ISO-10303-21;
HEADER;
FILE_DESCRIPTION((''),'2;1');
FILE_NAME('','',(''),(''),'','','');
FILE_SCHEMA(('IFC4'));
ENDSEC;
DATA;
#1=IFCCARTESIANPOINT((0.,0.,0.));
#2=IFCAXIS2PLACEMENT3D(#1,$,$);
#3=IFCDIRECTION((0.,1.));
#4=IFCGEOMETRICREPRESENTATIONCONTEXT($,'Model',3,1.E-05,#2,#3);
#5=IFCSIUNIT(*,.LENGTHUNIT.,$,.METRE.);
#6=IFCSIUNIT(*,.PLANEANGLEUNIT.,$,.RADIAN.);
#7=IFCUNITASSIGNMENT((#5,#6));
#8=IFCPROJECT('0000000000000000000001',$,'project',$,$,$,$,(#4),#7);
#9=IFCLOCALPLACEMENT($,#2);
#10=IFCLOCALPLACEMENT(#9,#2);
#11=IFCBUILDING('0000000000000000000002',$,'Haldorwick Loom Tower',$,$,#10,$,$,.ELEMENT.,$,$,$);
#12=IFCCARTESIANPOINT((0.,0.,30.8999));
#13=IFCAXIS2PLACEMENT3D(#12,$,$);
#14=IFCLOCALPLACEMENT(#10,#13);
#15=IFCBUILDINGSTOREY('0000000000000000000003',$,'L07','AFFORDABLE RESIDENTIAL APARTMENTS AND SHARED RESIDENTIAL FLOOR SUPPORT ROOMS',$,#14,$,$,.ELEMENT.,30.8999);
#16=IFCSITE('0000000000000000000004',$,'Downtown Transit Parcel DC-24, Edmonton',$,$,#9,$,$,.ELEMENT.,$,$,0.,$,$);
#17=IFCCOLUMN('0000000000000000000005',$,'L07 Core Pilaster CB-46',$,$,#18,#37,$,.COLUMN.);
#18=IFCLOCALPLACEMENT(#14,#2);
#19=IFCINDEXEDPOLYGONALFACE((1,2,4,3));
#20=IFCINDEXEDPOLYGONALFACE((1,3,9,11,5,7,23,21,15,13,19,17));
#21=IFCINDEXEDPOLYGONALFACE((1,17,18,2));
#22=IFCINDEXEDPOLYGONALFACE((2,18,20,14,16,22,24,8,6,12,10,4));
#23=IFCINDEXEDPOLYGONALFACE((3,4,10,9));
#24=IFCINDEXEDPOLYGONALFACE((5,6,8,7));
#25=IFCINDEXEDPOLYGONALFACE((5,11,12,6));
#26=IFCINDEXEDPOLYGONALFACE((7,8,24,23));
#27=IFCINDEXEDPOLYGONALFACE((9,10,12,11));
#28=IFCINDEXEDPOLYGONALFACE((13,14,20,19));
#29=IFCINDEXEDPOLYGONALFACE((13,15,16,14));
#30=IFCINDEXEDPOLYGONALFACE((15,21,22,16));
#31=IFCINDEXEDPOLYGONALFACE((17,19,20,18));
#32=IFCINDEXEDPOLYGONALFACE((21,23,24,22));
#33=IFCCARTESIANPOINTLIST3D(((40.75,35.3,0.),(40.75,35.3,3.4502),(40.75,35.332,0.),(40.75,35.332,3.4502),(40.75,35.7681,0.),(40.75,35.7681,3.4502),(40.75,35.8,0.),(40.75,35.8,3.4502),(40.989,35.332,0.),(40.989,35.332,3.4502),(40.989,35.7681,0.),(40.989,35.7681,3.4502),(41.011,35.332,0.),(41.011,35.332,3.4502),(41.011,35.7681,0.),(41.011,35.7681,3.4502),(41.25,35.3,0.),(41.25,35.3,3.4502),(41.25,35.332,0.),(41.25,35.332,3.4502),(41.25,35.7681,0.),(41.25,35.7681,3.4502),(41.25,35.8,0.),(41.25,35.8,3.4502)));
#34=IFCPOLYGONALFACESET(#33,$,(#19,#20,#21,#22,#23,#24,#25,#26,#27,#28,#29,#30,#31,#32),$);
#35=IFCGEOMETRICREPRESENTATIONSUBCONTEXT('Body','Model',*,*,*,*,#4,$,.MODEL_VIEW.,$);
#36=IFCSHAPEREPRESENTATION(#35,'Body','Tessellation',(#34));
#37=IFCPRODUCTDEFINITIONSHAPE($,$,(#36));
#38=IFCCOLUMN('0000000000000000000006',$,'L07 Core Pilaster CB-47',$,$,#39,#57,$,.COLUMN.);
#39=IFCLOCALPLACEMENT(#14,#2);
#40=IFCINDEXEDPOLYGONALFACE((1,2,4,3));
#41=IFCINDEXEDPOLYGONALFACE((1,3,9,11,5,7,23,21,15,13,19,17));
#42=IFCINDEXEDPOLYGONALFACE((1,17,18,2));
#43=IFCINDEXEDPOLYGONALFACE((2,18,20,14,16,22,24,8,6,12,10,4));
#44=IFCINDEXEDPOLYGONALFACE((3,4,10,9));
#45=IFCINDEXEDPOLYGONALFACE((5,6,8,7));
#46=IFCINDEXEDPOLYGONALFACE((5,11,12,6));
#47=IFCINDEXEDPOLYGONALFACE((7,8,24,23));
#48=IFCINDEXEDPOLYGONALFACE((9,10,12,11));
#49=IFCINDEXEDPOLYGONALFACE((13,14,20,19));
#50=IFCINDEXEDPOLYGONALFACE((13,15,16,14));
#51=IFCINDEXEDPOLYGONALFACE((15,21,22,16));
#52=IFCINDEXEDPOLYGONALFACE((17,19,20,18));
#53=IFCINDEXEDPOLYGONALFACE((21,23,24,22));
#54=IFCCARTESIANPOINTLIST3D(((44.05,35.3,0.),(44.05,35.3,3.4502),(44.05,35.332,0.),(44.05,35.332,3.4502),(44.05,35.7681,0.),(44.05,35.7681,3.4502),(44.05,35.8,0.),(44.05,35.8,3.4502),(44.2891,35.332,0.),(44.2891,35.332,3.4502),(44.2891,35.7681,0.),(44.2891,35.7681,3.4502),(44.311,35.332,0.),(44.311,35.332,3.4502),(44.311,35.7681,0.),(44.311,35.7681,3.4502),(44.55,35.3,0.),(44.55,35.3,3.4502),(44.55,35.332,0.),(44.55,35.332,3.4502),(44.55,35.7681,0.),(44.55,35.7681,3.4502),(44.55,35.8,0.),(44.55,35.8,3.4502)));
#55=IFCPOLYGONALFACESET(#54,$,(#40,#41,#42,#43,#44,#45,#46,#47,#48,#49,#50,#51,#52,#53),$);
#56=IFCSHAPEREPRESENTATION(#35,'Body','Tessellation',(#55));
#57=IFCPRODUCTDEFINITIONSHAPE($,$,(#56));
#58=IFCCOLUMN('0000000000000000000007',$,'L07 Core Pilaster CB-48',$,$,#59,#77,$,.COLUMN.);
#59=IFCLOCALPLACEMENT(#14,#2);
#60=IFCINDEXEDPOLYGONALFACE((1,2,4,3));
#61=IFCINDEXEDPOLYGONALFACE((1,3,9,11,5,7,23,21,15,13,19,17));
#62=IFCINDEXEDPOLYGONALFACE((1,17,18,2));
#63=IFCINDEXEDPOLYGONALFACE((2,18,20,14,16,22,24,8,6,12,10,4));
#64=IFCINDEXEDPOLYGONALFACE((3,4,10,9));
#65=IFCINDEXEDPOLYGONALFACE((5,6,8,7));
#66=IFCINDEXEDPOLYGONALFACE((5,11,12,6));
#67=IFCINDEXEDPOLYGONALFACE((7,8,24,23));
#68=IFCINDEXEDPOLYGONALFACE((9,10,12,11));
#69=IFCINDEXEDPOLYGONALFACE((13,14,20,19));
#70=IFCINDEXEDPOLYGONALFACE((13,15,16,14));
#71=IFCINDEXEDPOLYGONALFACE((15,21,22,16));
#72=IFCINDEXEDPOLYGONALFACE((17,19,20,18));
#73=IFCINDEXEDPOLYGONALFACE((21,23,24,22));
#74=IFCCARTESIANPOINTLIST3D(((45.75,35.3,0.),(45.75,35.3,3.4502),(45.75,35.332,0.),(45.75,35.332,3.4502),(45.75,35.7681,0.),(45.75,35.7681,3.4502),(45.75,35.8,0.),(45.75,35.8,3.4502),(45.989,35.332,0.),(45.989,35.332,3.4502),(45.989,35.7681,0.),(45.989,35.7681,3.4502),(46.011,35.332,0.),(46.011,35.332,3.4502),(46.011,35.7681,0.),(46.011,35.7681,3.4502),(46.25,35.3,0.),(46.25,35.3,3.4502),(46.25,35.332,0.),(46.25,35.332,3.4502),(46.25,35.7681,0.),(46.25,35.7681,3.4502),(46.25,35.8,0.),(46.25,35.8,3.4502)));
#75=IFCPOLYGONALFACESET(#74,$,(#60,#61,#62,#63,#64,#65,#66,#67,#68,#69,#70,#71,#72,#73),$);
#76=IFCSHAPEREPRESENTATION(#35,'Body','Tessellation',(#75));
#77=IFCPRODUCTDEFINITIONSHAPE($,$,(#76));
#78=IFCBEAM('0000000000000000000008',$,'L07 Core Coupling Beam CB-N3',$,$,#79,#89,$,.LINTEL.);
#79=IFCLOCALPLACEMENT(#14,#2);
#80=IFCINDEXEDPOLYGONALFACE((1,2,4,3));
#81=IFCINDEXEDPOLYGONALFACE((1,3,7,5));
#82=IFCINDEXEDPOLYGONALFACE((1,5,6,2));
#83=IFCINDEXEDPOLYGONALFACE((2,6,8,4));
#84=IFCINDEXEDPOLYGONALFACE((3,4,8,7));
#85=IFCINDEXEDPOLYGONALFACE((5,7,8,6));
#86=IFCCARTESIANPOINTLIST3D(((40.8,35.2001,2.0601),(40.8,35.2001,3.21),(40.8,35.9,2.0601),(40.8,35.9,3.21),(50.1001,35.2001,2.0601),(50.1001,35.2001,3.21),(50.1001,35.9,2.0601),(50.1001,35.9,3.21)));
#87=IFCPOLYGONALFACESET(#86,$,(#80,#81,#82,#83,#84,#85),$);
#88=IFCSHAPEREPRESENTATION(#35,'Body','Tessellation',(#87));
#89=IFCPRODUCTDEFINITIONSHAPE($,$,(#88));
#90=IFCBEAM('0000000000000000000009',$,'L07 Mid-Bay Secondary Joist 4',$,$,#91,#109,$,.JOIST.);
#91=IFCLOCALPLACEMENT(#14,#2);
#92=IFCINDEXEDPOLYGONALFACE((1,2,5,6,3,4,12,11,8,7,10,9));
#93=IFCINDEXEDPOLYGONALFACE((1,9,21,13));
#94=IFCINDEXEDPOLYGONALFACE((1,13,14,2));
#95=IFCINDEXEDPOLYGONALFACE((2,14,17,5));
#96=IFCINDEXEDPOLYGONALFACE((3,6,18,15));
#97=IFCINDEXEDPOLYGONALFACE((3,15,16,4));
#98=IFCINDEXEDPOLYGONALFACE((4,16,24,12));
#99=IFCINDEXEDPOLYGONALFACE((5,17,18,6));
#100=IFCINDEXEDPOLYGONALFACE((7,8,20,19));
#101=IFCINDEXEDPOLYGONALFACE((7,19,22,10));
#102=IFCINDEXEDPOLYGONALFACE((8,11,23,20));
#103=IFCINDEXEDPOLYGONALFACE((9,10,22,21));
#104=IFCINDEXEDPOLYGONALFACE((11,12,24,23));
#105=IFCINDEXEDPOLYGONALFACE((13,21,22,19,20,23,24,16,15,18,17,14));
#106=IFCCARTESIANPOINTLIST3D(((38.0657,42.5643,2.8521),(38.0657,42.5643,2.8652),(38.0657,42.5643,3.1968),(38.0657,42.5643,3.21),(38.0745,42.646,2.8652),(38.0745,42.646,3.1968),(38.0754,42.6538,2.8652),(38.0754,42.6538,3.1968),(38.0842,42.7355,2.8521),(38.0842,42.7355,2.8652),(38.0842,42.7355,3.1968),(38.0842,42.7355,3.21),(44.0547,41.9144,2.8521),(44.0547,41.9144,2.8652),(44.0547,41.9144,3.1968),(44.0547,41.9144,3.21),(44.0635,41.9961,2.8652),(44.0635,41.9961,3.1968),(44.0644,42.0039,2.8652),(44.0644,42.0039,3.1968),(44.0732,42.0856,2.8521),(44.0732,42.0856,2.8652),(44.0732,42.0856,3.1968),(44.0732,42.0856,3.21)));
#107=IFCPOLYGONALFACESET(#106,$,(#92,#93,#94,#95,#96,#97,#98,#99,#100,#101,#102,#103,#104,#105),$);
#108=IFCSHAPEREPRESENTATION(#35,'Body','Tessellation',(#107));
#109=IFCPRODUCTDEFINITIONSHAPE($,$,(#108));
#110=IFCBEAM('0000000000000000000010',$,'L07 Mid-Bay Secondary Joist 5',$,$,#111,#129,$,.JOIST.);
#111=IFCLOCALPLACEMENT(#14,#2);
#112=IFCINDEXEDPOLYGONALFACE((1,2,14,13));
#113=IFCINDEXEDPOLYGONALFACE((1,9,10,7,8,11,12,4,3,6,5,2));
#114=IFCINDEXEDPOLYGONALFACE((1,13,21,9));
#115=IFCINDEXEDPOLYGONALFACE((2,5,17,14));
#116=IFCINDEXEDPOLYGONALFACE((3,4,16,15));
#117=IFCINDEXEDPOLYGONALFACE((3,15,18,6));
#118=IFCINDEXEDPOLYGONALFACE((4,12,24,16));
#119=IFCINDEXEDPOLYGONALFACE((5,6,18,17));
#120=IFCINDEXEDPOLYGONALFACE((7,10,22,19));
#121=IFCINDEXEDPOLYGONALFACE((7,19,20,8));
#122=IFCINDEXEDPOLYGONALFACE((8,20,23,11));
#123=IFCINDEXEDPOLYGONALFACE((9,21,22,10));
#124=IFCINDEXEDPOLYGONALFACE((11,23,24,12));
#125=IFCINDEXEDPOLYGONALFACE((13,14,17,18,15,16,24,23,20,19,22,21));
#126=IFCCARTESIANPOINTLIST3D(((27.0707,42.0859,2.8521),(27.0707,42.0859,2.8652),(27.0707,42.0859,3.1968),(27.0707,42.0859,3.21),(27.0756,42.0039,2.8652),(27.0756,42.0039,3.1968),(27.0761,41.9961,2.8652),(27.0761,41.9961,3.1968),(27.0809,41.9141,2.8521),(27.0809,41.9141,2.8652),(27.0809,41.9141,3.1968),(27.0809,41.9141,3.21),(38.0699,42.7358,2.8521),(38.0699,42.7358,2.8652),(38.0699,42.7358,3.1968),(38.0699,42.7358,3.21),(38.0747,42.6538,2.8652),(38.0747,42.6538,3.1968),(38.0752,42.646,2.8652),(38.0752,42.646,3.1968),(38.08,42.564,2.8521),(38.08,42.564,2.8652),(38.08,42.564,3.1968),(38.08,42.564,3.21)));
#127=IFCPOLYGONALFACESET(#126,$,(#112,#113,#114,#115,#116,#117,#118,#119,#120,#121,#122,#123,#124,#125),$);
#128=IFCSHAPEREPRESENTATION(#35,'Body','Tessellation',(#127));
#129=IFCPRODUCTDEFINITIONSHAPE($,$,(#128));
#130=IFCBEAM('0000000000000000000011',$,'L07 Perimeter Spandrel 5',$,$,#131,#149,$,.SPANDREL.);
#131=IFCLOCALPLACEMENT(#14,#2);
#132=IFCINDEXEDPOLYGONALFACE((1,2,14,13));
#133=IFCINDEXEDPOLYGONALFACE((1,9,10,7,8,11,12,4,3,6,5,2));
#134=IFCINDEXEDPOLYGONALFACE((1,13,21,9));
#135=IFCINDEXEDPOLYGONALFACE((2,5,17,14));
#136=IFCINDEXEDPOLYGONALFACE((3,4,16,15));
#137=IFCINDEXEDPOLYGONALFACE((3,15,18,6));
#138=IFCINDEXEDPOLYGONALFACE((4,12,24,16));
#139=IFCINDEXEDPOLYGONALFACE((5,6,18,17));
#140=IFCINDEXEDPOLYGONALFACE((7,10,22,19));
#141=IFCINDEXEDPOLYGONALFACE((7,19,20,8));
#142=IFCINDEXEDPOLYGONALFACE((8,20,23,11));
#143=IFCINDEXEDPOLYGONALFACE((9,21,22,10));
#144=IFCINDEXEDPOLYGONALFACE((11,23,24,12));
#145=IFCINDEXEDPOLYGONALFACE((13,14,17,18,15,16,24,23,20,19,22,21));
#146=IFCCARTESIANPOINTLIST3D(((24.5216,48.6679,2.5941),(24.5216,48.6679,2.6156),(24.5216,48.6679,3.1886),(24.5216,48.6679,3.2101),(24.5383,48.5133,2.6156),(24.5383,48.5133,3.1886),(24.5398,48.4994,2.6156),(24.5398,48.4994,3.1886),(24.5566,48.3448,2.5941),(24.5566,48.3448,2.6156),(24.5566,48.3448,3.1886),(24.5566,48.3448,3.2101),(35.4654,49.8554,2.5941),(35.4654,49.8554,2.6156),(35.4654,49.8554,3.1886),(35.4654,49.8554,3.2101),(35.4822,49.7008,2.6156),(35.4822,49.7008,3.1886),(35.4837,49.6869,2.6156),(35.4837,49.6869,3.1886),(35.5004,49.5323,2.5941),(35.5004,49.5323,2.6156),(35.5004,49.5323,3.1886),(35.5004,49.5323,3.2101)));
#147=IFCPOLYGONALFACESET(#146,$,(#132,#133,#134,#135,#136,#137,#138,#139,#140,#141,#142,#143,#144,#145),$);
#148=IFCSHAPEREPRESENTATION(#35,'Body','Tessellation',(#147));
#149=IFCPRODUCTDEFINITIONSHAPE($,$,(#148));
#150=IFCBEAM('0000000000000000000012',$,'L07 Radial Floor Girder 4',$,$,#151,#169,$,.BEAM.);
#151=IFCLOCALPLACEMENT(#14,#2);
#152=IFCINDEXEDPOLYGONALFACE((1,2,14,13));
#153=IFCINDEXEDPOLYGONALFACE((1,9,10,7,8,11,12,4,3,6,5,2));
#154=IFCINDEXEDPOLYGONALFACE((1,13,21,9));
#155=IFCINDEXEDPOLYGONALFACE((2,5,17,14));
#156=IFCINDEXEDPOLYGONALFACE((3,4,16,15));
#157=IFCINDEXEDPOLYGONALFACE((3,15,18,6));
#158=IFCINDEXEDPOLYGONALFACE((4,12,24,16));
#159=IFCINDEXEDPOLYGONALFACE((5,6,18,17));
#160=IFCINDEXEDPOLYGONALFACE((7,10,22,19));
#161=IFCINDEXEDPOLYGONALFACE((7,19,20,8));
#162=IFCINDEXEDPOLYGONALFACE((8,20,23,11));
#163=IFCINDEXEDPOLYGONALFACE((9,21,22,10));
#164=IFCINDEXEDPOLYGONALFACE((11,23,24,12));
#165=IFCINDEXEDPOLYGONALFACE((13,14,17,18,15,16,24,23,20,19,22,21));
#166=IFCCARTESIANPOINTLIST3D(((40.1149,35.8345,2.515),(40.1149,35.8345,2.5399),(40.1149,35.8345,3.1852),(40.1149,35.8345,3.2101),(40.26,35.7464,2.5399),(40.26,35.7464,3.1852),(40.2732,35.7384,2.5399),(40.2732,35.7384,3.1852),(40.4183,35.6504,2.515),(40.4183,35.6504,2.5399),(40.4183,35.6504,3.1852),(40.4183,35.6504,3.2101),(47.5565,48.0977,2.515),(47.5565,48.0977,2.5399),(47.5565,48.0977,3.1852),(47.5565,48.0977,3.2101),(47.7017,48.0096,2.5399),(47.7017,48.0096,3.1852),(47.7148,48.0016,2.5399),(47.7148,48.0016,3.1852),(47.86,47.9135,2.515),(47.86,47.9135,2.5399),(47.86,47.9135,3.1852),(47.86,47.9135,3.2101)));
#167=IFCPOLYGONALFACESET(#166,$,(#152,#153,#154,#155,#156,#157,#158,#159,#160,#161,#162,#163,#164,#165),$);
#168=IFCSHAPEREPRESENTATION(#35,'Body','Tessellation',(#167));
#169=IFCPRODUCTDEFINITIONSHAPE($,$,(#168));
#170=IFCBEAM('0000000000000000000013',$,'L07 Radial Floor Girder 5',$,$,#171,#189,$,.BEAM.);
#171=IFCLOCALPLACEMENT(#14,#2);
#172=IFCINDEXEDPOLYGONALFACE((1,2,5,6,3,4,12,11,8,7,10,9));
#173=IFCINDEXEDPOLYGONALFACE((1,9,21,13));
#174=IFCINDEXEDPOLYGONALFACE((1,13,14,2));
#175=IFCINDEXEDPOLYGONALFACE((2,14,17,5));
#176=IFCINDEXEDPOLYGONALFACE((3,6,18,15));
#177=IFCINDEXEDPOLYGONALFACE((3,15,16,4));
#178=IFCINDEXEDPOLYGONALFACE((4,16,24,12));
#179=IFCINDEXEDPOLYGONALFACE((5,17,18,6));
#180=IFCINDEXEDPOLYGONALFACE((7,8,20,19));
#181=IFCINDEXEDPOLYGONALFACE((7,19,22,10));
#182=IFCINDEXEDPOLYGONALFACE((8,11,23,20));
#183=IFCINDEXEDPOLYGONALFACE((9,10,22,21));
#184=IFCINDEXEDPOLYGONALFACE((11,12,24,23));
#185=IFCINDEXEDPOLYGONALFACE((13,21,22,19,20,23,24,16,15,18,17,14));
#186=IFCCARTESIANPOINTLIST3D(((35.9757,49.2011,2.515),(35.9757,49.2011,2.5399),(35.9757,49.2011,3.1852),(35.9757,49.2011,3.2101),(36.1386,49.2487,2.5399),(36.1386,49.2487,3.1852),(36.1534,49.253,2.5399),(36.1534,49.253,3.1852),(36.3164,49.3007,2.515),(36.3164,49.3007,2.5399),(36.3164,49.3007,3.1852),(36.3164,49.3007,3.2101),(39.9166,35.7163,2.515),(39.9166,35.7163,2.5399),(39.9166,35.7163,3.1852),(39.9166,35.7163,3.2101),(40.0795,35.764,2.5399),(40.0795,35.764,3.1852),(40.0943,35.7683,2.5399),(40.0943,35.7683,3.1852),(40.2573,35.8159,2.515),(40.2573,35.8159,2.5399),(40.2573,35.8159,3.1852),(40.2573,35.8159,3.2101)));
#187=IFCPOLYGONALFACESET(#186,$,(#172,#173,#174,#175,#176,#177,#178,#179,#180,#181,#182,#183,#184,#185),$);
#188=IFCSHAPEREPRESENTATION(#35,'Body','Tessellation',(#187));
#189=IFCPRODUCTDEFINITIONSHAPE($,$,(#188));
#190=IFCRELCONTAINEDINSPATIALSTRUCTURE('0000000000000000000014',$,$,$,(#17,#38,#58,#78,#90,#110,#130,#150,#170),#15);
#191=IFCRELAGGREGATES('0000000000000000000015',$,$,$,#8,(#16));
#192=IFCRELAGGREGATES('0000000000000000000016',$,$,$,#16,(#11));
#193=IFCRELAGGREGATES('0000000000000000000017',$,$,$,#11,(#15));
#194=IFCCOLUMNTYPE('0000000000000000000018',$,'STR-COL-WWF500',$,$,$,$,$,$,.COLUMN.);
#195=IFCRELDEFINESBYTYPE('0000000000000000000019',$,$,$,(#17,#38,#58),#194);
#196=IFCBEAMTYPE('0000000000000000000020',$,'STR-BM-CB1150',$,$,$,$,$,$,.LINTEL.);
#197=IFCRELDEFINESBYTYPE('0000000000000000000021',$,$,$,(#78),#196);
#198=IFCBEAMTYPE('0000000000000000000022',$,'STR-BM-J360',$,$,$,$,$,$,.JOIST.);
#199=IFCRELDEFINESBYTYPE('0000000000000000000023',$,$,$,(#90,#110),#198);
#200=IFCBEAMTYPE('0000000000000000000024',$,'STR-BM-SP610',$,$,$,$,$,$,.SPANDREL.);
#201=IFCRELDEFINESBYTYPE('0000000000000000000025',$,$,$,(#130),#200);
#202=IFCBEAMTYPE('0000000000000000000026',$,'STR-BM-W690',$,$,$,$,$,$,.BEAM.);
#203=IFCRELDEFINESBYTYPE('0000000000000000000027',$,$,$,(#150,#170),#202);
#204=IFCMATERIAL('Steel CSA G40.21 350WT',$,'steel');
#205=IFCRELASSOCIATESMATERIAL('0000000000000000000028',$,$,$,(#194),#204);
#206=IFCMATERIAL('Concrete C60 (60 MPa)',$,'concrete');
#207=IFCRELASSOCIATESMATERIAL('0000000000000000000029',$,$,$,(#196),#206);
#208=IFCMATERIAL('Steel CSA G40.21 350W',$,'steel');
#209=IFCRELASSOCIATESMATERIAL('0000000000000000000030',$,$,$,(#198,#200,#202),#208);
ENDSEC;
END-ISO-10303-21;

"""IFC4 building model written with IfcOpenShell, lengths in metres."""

from ifc_helpers import new_model, si_unit, direction, frame, origin, origin_2d, place, context, subcontext, project, spatial, rectangle, i_section, extrude, material, material_profile, profile_set, type_object, element, save


model = new_model("IFC4")

# Units and contexts
model_context = context("Model", 3, precision=1e-05, world=origin(), true_north=direction((0.0, 1.0)))
body_context = subcontext(model_context, "Body", "Model", "MODEL_VIEW")
ifc_project = project(units=[si_unit("LENGTHUNIT", "METRE"), si_unit("PLANEANGLEUNIT", "RADIAN")], contexts=[model_context])

# Site, building, storey
site_placement = place(None, origin())
site = spatial("IfcSite", under=ifc_project, at=site_placement, Name="Downtown Transit Parcel DC-24, Edmonton", CompositionType="ELEMENT", RefElevation=0.0)
building_placement = place(site_placement, origin())
building = spatial("IfcBuilding", under=site, at=building_placement, Name="Haldorwick Loom Tower", CompositionType="ELEMENT")
storey_placement = place(building_placement, frame((0.0, 0.0, 30.8999)))
storey = spatial("IfcBuildingStorey", under=building, at=storey_placement, Name="L07", Description="AFFORDABLE RESIDENTIAL APARTMENTS AND SHARED RESIDENTIAL FLOOR SUPPORT ROOMS", CompositionType="ELEMENT", Elevation=30.8999)

# Columns
ifc_material_1 = material(Name="Concrete C60 (60 MPa)", Category="concrete")
ifc_material_2 = material(Name="Steel CSA G40.21 350WT", Category="steel")
ifc_material_profile_1 = material_profile(ifc_material_2, i_section(OverallWidth=0.5, OverallDepth=0.5, WebThickness=0.022, FlangeThickness=0.032, at=origin_2d()), Name="WWF500X500", Category="steel")
ifc_profile_set_1 = profile_set([ifc_material_profile_1], Name="Steel CSA G40.21 350WT")
column_type_1 = type_object("IfcColumnType", Name="STR-COL-WWF500", PredefinedType="COLUMN", material=ifc_profile_set_1)
for number, where, z_axis, x_axis, name in (
    (1, (41.0, 35.55, 0.0), (0.0, 0.0, 1.0), (1.0, 0.0, 0.0), "L07 Core Pilaster CB-46"),
    (2, (44.3, 35.55, 0.0), (0.0, 0.0, 1.0), (1.0, 0.0, 0.0), "L07 Core Pilaster CB-47"),
    (3, (46.0, 35.55, 0.0), (0.0, 0.0, 1.0), (1.0, 0.0, 0.0), "L07 Core Pilaster CB-48"),
):
    element("IfcColumn", number, at=place(storey_placement, frame(where, z_axis=z_axis, x_axis=x_axis)), inside=storey, type_object=column_type_1, Name=name, PredefinedType="COLUMN", context=body_context, shape_type="SweptSolid", body=[
        extrude(i_section(OverallWidth=0.5, OverallDepth=0.5, WebThickness=0.022, FlangeThickness=0.032, at=origin_2d()), origin(), (0.0, 0.0, 1.0), 3.4502),
    ])

# Beams
ifc_material_profile_2 = material_profile(ifc_material_1, rectangle(XDim=0.7, YDim=1.1499, at=origin_2d()), Name="RC700X1150", Category="concrete")
ifc_profile_set_2 = profile_set([ifc_material_profile_2], Name="Concrete C60 (60 MPa)")
beam_type_1 = type_object("IfcBeamType", Name="STR-BM-CB1150", PredefinedType="LINTEL", material=ifc_profile_set_2)
beam_1_placement = place(storey_placement, frame((40.8, 35.55, 2.635), z_axis=(1.0, 0.0, 0.0), x_axis=(0.0, 1.0, 0.0)))
element("IfcBeam", 4, at=beam_1_placement, inside=storey, type_object=beam_type_1, Name="L07 Core Coupling Beam CB-N3", PredefinedType="LINTEL", context=body_context, shape_type="SweptSolid", body=[
    extrude(rectangle(XDim=0.7, YDim=1.1499, at=origin_2d()), origin(), (0.0, 0.0, 1.0), 9.3),
])
ifc_material_3 = material(Name="Steel CSA G40.21 350W", Category="steel")
ifc_material_profile_3 = material_profile(ifc_material_3, i_section(OverallWidth=0.1721, OverallDepth=0.3579, WebThickness=0.0078, FlangeThickness=0.0132, at=origin_2d()), Name="W360X57", Category="steel")
ifc_profile_set_3 = profile_set([ifc_material_profile_3], Name="Steel CSA G40.21 350W")
beam_type_2 = type_object("IfcBeamType", Name="STR-BM-J360", PredefinedType="JOIST", material=ifc_profile_set_3)
beam_2_placement = place(storey_placement, frame((44.064, 42.0, 3.031), z_axis=(-0.994164, 0.107882, 0.0), x_axis=(-0.107882, -0.994164, 0.0)))
element("IfcBeam", 5, at=beam_2_placement, inside=storey, type_object=beam_type_2, Name="L07 Mid-Bay Secondary Joist 4", PredefinedType="JOIST", context=body_context, shape_type="SweptSolid", body=[
    extrude(i_section(OverallWidth=0.1721, OverallDepth=0.3579, WebThickness=0.0078, FlangeThickness=0.0132, at=origin_2d()), origin(), (0.0, 0.0, 1.0), 6.0242),
])
beam_3_placement = place(storey_placement, frame((38.075, 42.6499, 3.031), z_axis=(-0.998259, -0.058984, 0.0), x_axis=(0.058984, -0.998259, 0.0)))
element("IfcBeam", 6, at=beam_3_placement, inside=storey, type_object=beam_type_2, Name="L07 Mid-Bay Secondary Joist 5", PredefinedType="JOIST", context=body_context, shape_type="SweptSolid", body=[
    extrude(i_section(OverallWidth=0.1721, OverallDepth=0.3579, WebThickness=0.0078, FlangeThickness=0.0132, at=origin_2d()), origin(), (0.0, 0.0, 1.0), 11.0183),
])
ifc_material_profile_4 = material_profile(ifc_material_3, i_section(OverallWidth=0.325, OverallDepth=0.616, WebThickness=0.0139, FlangeThickness=0.0215, at=origin_2d()), Name="W610X174", Category="steel")
ifc_profile_set_4 = profile_set([ifc_material_profile_4], Name="Steel CSA G40.21 350W")
beam_type_3 = type_object("IfcBeamType", Name="STR-BM-SP610", PredefinedType="SPANDREL", material=ifc_profile_set_4)
beam_4_placement = place(storey_placement, frame((35.4829, 49.6938, 2.9021), z_axis=(-0.994164, -0.107875, 0.0), x_axis=(0.107875, -0.994164, 0.0)))
element("IfcBeam", 7, at=beam_4_placement, inside=storey, type_object=beam_type_3, Name="L07 Perimeter Spandrel 5", PredefinedType="SPANDREL", context=body_context, shape_type="SweptSolid", body=[
    extrude(i_section(OverallWidth=0.325, OverallDepth=0.616, WebThickness=0.0139, FlangeThickness=0.0215, at=origin_2d()), origin(), (0.0, 0.0, 1.0), 11.0081),
])
ifc_material_profile_5 = material_profile(ifc_material_3, i_section(OverallWidth=0.355, OverallDepth=0.6951, WebThickness=0.0154, FlangeThickness=0.0249, at=origin_2d()), Name="W690X217", Category="steel")
ifc_profile_set_5 = profile_set([ifc_material_profile_5], Name="Steel CSA G40.21 350W")
beam_type_4 = type_object("IfcBeamType", Name="STR-BM-W690", PredefinedType="BEAM", material=ifc_profile_set_5)
beam_5_placement = place(storey_placement, frame((40.2666, 35.7424, 2.8625), z_axis=(0.518782, 0.854907, 0.0), x_axis=(-0.854907, 0.518782, 0.0)))
element("IfcBeam", 8, at=beam_5_placement, inside=storey, type_object=beam_type_4, Name="L07 Radial Floor Girder 4", PredefinedType="BEAM", context=body_context, shape_type="SweptSolid", body=[
    extrude(i_section(OverallWidth=0.355, OverallDepth=0.6951, WebThickness=0.0154, FlangeThickness=0.0249, at=origin_2d()), origin(), (0.0, 0.0, 1.0), 14.3445),
])
beam_6_placement = place(storey_placement, frame((40.0869, 35.7661, 2.8625), z_axis=(-0.280514, 0.95985, 0.0), x_axis=(-0.95985, -0.280514, 0.0)))
element("IfcBeam", 9, at=beam_6_placement, inside=storey, type_object=beam_type_4, Name="L07 Radial Floor Girder 5", PredefinedType="BEAM", context=body_context, shape_type="SweptSolid", body=[
    extrude(i_section(OverallWidth=0.355, OverallDepth=0.6951, WebThickness=0.0154, FlangeThickness=0.0249, at=origin_2d()), origin(), (0.0, 0.0, 1.0), 14.0488),
])

save(model, "model.ifc")
